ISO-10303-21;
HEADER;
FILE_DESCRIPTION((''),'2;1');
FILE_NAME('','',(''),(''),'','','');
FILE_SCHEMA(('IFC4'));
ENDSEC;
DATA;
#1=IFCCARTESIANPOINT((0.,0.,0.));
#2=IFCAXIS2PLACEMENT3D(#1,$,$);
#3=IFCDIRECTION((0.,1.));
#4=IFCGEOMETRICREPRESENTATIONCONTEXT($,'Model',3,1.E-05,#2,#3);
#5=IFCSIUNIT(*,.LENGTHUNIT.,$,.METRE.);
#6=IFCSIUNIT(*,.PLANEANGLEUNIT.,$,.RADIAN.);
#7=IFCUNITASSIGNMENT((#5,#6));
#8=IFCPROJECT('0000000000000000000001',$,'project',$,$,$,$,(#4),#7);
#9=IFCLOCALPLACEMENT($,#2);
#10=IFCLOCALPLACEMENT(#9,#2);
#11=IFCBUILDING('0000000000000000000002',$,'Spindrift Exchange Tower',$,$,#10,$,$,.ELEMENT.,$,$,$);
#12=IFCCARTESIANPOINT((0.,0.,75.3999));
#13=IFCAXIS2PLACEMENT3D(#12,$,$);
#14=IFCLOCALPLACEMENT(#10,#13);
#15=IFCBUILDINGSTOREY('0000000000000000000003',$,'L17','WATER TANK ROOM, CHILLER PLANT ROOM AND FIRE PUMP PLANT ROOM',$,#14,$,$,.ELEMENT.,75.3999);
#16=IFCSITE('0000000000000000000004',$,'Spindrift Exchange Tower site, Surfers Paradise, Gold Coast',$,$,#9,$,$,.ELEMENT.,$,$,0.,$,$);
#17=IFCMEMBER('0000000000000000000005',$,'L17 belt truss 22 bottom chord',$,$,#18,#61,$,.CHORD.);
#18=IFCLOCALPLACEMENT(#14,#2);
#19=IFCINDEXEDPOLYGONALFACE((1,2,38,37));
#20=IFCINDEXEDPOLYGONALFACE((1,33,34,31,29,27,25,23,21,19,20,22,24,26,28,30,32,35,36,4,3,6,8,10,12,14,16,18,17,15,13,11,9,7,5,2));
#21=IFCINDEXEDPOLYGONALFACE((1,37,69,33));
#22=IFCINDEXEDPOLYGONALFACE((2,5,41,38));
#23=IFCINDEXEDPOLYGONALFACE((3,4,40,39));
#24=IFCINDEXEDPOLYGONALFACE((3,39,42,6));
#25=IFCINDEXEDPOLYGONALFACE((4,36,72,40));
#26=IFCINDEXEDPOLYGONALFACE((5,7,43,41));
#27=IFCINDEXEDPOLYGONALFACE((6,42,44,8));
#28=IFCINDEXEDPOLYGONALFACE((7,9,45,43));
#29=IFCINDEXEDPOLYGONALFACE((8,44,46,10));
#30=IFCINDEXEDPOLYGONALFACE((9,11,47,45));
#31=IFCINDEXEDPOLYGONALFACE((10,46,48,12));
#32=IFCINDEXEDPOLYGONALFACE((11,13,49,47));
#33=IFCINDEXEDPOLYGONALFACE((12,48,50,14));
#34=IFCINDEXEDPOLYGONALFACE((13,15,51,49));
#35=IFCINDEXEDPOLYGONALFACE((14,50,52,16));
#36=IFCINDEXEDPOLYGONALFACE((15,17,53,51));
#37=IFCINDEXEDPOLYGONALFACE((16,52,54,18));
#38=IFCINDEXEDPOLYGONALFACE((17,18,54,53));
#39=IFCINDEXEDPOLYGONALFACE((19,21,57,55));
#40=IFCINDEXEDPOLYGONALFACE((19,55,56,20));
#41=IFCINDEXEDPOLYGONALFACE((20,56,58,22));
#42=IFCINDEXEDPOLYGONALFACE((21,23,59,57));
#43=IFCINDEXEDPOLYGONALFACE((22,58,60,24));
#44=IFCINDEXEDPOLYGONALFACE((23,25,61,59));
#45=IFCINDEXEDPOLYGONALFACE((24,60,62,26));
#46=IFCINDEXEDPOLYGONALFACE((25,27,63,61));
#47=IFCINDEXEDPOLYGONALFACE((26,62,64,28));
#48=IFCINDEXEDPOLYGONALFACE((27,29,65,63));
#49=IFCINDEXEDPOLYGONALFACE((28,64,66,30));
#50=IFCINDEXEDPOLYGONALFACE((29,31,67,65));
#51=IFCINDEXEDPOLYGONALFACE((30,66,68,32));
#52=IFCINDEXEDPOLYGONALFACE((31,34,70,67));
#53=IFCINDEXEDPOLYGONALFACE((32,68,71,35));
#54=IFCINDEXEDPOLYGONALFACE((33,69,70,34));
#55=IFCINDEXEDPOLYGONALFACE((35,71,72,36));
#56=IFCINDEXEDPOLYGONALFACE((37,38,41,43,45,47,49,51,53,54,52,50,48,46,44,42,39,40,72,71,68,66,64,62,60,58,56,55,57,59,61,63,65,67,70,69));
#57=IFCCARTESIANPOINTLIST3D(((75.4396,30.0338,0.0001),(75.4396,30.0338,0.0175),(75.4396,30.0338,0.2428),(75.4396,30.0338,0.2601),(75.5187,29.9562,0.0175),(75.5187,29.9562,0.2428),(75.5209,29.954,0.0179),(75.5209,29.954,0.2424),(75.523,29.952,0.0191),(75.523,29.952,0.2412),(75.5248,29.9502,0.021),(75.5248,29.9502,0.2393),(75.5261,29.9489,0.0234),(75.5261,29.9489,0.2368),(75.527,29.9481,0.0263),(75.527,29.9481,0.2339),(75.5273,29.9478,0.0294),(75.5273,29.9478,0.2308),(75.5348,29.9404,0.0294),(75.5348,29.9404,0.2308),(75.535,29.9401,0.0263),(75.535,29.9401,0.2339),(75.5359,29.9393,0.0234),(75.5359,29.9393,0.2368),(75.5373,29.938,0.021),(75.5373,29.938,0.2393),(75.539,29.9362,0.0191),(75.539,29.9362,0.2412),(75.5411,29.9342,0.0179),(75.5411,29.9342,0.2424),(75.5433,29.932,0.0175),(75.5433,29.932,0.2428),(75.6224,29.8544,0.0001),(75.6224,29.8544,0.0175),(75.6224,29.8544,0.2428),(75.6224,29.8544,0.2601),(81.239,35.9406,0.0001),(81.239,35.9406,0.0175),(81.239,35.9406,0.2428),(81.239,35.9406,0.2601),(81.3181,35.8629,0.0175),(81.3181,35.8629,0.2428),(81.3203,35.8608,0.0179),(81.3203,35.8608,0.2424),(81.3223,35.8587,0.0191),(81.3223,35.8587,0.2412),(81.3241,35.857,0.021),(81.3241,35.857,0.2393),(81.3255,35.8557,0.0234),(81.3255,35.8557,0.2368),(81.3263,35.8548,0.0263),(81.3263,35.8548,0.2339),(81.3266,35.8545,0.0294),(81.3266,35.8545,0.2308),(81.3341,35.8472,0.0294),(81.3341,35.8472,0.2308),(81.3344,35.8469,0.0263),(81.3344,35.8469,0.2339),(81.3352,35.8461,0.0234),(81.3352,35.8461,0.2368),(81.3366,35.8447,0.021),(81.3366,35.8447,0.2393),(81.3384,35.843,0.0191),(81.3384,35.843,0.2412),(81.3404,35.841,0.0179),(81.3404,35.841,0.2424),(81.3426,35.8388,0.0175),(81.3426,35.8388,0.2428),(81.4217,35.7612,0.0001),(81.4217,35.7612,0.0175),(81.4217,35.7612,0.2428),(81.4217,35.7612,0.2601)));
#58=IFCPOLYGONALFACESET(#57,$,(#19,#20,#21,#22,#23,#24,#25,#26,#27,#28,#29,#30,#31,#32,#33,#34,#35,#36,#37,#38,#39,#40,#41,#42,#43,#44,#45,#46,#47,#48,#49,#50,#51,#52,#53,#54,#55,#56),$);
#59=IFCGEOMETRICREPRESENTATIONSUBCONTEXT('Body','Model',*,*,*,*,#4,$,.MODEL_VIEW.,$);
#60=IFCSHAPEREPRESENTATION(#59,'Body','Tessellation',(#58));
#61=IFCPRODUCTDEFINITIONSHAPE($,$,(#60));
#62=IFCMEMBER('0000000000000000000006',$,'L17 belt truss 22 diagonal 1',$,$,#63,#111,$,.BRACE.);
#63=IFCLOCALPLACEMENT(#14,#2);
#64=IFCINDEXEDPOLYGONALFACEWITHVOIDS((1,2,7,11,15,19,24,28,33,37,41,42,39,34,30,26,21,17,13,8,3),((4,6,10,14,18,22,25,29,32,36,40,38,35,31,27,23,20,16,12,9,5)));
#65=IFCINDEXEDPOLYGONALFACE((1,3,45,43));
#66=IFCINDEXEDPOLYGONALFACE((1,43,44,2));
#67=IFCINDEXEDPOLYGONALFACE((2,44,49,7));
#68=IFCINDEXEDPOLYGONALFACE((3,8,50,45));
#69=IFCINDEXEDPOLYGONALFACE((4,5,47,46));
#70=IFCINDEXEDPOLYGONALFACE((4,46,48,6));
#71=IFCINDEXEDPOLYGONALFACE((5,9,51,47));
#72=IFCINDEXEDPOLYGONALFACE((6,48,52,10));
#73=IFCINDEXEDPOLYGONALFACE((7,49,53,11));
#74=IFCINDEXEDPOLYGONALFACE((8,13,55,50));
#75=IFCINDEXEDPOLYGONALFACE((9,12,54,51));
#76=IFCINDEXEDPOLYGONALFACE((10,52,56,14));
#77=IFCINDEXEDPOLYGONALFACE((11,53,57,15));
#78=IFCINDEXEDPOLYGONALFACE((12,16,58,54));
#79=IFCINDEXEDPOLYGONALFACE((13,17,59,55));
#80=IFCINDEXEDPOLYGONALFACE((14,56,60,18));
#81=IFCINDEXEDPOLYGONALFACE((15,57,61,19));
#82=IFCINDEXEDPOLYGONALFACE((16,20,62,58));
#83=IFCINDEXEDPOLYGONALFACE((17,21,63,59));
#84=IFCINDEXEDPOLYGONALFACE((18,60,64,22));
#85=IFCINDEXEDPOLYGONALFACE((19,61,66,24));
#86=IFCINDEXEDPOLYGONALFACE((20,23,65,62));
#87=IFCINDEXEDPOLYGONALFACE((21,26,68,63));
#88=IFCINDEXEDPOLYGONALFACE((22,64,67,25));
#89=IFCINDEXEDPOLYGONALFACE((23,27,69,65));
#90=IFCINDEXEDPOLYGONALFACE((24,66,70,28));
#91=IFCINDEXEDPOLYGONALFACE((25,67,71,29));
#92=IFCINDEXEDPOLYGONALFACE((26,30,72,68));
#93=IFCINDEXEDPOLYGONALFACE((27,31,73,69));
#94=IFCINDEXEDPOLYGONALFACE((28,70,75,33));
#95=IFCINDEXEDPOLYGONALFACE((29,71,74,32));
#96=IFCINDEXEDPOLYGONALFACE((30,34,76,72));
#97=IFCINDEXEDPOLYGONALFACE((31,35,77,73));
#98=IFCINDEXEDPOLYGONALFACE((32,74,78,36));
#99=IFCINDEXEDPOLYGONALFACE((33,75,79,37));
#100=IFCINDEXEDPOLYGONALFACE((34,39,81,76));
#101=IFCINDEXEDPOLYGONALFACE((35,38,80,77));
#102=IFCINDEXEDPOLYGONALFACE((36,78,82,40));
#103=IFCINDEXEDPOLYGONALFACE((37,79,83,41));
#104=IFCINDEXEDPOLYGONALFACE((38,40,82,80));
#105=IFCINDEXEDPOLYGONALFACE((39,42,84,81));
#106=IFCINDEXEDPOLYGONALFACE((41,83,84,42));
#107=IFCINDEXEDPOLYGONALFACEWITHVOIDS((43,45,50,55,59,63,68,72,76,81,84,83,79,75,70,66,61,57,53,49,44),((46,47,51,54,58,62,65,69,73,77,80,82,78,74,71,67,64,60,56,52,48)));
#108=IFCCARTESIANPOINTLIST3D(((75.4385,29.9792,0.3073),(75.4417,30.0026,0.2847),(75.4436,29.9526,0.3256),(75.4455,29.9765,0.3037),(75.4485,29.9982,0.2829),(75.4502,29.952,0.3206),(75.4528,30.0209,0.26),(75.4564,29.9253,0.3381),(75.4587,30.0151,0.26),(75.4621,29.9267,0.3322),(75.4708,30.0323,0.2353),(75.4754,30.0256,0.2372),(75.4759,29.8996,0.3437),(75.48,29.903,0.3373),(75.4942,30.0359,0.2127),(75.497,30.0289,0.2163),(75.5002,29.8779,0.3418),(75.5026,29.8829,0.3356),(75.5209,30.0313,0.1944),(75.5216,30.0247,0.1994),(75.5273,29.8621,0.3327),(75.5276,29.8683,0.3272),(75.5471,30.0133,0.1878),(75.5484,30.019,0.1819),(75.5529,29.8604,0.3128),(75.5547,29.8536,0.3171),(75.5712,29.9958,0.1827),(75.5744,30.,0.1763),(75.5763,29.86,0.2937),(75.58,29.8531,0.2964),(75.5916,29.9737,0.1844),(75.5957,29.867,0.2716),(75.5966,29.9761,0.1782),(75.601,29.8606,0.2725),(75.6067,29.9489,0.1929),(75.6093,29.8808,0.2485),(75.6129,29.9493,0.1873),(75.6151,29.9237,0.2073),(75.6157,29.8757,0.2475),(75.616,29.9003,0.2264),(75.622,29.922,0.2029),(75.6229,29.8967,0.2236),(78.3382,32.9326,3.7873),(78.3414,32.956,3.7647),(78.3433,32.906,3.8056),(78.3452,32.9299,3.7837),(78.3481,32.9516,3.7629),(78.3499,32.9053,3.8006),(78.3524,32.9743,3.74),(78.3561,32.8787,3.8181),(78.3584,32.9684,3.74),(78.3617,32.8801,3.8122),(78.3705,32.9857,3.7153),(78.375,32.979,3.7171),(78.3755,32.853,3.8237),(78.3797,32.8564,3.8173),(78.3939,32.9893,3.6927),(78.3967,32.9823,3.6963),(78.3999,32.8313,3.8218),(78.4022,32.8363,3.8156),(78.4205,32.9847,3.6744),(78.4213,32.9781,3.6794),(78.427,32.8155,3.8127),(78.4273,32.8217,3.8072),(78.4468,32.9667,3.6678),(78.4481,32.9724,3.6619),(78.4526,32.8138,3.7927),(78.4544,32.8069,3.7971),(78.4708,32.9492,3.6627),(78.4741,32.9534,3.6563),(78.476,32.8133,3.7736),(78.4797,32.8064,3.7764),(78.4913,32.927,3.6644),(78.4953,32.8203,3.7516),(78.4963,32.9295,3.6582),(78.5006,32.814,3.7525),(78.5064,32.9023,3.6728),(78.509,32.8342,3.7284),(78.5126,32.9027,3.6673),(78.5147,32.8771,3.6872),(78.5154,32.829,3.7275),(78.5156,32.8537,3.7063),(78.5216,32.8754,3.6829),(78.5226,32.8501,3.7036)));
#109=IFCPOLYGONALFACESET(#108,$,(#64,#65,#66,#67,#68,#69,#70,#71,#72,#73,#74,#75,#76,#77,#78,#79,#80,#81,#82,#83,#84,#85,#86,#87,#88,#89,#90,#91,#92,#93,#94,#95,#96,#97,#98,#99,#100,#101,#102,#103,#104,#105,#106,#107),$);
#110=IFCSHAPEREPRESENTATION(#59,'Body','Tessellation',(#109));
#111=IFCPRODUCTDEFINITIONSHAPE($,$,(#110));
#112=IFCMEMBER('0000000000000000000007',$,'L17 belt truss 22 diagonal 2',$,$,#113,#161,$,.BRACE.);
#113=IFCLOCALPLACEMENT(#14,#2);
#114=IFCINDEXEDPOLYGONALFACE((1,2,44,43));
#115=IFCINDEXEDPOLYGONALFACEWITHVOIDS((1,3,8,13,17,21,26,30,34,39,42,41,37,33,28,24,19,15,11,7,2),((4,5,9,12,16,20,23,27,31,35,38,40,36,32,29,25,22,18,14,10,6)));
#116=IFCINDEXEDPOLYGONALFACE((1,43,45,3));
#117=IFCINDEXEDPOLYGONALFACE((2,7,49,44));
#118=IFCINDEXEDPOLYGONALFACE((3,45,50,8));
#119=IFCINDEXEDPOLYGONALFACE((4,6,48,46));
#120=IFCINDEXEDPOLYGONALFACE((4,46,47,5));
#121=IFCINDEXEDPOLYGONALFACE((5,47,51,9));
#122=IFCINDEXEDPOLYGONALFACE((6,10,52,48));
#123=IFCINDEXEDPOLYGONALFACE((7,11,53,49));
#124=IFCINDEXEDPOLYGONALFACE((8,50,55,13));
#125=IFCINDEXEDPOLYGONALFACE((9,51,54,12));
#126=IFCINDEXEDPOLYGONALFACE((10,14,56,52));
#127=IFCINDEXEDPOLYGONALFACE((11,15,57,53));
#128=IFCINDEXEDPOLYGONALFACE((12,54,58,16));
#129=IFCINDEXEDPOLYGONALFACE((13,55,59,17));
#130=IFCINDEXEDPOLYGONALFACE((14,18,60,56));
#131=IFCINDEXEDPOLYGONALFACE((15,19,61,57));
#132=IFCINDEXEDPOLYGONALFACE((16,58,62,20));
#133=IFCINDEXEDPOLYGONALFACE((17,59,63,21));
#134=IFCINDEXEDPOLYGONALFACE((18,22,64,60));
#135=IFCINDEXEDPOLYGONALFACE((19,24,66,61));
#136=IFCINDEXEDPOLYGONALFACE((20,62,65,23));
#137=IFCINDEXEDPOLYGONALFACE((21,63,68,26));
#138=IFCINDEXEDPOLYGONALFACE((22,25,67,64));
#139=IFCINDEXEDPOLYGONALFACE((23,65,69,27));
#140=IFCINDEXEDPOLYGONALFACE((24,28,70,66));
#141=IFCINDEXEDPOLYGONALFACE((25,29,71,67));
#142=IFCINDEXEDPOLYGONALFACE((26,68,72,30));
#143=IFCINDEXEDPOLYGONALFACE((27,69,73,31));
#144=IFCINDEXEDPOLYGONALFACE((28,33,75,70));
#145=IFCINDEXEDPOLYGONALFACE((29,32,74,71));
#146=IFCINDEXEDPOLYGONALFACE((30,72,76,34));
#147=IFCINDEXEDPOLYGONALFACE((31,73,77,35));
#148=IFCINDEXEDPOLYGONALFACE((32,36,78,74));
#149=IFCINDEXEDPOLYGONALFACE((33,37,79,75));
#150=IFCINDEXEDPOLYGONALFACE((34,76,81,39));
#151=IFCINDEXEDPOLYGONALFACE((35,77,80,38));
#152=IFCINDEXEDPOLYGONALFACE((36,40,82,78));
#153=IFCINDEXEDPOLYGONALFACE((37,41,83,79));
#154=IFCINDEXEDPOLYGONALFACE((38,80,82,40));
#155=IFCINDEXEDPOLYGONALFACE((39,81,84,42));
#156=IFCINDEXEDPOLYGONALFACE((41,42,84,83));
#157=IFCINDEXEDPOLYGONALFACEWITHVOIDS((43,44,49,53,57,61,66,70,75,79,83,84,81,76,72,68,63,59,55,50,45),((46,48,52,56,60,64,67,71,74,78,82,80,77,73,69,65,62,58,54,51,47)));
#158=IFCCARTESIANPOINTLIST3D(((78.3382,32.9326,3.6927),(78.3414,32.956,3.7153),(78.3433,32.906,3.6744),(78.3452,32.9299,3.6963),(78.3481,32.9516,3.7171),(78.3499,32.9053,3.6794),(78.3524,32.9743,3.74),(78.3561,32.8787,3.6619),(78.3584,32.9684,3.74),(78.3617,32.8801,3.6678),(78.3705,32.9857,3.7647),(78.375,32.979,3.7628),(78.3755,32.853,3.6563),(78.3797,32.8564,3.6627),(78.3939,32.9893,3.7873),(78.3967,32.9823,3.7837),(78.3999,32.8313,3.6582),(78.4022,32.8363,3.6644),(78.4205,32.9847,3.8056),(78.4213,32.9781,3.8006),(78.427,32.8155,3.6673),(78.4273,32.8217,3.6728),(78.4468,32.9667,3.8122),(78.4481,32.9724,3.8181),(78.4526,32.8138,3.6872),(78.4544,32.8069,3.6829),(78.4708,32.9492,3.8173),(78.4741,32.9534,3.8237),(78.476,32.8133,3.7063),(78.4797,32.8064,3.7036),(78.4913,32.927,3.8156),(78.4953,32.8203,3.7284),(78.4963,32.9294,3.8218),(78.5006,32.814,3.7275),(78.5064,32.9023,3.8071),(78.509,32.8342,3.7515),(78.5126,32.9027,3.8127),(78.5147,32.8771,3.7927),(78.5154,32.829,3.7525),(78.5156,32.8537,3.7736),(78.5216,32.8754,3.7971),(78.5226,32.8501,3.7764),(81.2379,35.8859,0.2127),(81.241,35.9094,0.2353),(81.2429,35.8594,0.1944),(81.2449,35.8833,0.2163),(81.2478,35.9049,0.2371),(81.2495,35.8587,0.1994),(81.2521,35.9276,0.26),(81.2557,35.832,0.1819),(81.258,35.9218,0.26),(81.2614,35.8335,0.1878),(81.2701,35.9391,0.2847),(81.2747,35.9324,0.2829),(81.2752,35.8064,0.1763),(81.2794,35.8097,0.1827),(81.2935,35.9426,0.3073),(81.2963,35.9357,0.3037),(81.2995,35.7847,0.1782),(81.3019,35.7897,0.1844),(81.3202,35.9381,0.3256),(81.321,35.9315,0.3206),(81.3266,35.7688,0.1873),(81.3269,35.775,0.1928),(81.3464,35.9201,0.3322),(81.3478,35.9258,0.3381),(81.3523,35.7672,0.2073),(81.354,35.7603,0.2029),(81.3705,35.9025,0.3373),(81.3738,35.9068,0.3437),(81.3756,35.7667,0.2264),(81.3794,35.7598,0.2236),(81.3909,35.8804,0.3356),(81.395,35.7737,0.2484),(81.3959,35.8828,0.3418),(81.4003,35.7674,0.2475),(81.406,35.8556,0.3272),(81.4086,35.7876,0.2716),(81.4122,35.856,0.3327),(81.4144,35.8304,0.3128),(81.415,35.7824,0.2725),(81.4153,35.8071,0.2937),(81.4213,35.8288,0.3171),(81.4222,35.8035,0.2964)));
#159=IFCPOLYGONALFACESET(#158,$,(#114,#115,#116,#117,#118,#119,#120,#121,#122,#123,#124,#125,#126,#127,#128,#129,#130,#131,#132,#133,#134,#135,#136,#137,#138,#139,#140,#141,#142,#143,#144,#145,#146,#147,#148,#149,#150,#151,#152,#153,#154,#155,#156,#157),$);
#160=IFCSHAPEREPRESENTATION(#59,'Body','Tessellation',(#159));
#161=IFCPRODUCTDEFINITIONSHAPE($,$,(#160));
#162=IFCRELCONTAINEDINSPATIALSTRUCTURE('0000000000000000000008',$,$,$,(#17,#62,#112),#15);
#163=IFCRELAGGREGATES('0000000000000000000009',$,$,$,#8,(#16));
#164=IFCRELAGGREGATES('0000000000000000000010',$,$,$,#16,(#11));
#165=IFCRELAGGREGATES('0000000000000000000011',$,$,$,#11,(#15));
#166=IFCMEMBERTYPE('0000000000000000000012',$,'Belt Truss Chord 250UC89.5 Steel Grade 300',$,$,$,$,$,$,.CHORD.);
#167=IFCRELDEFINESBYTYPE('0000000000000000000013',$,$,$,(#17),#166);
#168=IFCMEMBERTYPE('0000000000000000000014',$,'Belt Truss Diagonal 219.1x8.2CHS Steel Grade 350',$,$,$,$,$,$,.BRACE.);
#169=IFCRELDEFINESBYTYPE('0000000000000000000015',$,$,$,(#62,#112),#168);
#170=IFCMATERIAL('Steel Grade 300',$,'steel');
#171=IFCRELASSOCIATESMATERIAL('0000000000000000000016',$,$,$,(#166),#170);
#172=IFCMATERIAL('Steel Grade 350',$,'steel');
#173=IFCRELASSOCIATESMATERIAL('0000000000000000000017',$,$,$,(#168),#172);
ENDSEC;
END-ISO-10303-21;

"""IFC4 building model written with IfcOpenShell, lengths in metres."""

from ifc_helpers import new_model, si_unit, direction, frame, origin, origin_2d, place, context, subcontext, project, spatial, hollow_circle, i_section, extrude, source, transform, mapped, material, material_profile, profile_set, type_object, element, save


model = new_model("IFC4")

# Units and contexts
model_context = context("Model", 3, precision=1e-05, world=origin(), true_north=direction((0.0, 1.0)))
body_context = subcontext(model_context, "Body", "Model", "MODEL_VIEW")
ifc_project = project(units=[si_unit("LENGTHUNIT", "METRE"), si_unit("PLANEANGLEUNIT", "RADIAN")], contexts=[model_context])

# Site, building, storey
site_placement = place(None, origin())
site = spatial("IfcSite", under=ifc_project, at=site_placement, Name="Spindrift Exchange Tower site, Surfers Paradise, Gold Coast", CompositionType="ELEMENT", RefElevation=0.0)
building_placement = place(site_placement, origin())
building = spatial("IfcBuilding", under=site, at=building_placement, Name="Spindrift Exchange Tower", CompositionType="ELEMENT")
storey_placement = place(building_placement, frame((0.0, 0.0, 75.3999)))
storey = spatial("IfcBuildingStorey", under=building, at=storey_placement, Name="L17", Description="WATER TANK ROOM, CHILLER PLANT ROOM AND FIRE PUMP PLANT ROOM", CompositionType="ELEMENT", Elevation=75.3999)

# Members
ifc_material_1 = material(Name="Steel Grade 300", Category="steel")
ifc_material_profile_1 = material_profile(ifc_material_1, i_section(OverallWidth=0.2561, OverallDepth=0.26, WebThickness=0.0105, FlangeThickness=0.0173, FilletRadius=0.012, at=origin_2d()), Name="250UC89.5")
ifc_profile_set_1 = profile_set([ifc_material_profile_1], Name="Steel Grade 300")
member_type_1 = type_object("IfcMemberType", Name="Belt Truss Chord 250UC89.5 Steel Grade 300", PredefinedType="CHORD", material=ifc_profile_set_1)
shared_shape_1 = source(origin(), body_context, "Body", "SweptSolid", [
    extrude(i_section(OverallWidth=0.2561, OverallDepth=0.26, WebThickness=0.0105, FlangeThickness=0.0173, FilletRadius=0.012, at=origin_2d()), origin(), (0.0, 0.0, 1.0), 8.2778),
])
for number, where, z_axis, x_axis, name in (
    (1, (75.531, 29.9441, 0.1301), (0.700588, 0.713566, 0.0), (-0.713566, 0.700588, 0.0), "L17 belt truss 22 bottom chord"),
):
    element("IfcMember", number, at=place(storey_placement, frame(where, z_axis=z_axis, x_axis=x_axis)), inside=storey, type_object=member_type_1, Name=name, PredefinedType="CHORD", context=body_context, shape_type="MappedRepresentation", body=[
        mapped(shared_shape_1, transform((0.0, 0.0, 0.0), scale=1.0)),
    ])
ifc_material_2 = material(Name="Steel Grade 350", Category="steel")
ifc_material_profile_2 = material_profile(ifc_material_2, hollow_circle(Radius=0.1096, WallThickness=0.0083, at=origin_2d()), Name="219.1x8.2CHS")
ifc_profile_set_2 = profile_set([ifc_material_profile_2], Name="Steel Grade 350")
member_type_2 = type_object("IfcMemberType", Name="Belt Truss Diagonal 219.1x8.2CHS Steel Grade 350", PredefinedType="BRACE", material=ifc_profile_set_2)
shared_shape_2 = source(origin(), body_context, "Body", "SweptSolid", [
    extrude(hollow_circle(Radius=0.1096, WallThickness=0.0083, at=origin_2d()), origin(), (0.0, 0.0, 1.0), 5.4075),
])
for number, where, z_axis, x_axis, name in (
    (2, (75.531, 29.9441, 0.26), (0.536233, 0.546165, 0.643551), (-0.713566, 0.700588, 0.0), "L17 belt truss 22 diagonal 1"),
    (3, (78.4307, 32.8975, 3.74), (0.536233, 0.546165, -0.643551), (-0.713566, 0.700588, 0.0), "L17 belt truss 22 diagonal 2"),
):
    element("IfcMember", number, at=place(storey_placement, frame(where, z_axis=z_axis, x_axis=x_axis)), inside=storey, type_object=member_type_2, Name=name, PredefinedType="BRACE", context=body_context, shape_type="MappedRepresentation", body=[
        mapped(shared_shape_2, transform((0.0, 0.0, 0.0), scale=1.0)),
    ])

save(model, "model.ifc")
